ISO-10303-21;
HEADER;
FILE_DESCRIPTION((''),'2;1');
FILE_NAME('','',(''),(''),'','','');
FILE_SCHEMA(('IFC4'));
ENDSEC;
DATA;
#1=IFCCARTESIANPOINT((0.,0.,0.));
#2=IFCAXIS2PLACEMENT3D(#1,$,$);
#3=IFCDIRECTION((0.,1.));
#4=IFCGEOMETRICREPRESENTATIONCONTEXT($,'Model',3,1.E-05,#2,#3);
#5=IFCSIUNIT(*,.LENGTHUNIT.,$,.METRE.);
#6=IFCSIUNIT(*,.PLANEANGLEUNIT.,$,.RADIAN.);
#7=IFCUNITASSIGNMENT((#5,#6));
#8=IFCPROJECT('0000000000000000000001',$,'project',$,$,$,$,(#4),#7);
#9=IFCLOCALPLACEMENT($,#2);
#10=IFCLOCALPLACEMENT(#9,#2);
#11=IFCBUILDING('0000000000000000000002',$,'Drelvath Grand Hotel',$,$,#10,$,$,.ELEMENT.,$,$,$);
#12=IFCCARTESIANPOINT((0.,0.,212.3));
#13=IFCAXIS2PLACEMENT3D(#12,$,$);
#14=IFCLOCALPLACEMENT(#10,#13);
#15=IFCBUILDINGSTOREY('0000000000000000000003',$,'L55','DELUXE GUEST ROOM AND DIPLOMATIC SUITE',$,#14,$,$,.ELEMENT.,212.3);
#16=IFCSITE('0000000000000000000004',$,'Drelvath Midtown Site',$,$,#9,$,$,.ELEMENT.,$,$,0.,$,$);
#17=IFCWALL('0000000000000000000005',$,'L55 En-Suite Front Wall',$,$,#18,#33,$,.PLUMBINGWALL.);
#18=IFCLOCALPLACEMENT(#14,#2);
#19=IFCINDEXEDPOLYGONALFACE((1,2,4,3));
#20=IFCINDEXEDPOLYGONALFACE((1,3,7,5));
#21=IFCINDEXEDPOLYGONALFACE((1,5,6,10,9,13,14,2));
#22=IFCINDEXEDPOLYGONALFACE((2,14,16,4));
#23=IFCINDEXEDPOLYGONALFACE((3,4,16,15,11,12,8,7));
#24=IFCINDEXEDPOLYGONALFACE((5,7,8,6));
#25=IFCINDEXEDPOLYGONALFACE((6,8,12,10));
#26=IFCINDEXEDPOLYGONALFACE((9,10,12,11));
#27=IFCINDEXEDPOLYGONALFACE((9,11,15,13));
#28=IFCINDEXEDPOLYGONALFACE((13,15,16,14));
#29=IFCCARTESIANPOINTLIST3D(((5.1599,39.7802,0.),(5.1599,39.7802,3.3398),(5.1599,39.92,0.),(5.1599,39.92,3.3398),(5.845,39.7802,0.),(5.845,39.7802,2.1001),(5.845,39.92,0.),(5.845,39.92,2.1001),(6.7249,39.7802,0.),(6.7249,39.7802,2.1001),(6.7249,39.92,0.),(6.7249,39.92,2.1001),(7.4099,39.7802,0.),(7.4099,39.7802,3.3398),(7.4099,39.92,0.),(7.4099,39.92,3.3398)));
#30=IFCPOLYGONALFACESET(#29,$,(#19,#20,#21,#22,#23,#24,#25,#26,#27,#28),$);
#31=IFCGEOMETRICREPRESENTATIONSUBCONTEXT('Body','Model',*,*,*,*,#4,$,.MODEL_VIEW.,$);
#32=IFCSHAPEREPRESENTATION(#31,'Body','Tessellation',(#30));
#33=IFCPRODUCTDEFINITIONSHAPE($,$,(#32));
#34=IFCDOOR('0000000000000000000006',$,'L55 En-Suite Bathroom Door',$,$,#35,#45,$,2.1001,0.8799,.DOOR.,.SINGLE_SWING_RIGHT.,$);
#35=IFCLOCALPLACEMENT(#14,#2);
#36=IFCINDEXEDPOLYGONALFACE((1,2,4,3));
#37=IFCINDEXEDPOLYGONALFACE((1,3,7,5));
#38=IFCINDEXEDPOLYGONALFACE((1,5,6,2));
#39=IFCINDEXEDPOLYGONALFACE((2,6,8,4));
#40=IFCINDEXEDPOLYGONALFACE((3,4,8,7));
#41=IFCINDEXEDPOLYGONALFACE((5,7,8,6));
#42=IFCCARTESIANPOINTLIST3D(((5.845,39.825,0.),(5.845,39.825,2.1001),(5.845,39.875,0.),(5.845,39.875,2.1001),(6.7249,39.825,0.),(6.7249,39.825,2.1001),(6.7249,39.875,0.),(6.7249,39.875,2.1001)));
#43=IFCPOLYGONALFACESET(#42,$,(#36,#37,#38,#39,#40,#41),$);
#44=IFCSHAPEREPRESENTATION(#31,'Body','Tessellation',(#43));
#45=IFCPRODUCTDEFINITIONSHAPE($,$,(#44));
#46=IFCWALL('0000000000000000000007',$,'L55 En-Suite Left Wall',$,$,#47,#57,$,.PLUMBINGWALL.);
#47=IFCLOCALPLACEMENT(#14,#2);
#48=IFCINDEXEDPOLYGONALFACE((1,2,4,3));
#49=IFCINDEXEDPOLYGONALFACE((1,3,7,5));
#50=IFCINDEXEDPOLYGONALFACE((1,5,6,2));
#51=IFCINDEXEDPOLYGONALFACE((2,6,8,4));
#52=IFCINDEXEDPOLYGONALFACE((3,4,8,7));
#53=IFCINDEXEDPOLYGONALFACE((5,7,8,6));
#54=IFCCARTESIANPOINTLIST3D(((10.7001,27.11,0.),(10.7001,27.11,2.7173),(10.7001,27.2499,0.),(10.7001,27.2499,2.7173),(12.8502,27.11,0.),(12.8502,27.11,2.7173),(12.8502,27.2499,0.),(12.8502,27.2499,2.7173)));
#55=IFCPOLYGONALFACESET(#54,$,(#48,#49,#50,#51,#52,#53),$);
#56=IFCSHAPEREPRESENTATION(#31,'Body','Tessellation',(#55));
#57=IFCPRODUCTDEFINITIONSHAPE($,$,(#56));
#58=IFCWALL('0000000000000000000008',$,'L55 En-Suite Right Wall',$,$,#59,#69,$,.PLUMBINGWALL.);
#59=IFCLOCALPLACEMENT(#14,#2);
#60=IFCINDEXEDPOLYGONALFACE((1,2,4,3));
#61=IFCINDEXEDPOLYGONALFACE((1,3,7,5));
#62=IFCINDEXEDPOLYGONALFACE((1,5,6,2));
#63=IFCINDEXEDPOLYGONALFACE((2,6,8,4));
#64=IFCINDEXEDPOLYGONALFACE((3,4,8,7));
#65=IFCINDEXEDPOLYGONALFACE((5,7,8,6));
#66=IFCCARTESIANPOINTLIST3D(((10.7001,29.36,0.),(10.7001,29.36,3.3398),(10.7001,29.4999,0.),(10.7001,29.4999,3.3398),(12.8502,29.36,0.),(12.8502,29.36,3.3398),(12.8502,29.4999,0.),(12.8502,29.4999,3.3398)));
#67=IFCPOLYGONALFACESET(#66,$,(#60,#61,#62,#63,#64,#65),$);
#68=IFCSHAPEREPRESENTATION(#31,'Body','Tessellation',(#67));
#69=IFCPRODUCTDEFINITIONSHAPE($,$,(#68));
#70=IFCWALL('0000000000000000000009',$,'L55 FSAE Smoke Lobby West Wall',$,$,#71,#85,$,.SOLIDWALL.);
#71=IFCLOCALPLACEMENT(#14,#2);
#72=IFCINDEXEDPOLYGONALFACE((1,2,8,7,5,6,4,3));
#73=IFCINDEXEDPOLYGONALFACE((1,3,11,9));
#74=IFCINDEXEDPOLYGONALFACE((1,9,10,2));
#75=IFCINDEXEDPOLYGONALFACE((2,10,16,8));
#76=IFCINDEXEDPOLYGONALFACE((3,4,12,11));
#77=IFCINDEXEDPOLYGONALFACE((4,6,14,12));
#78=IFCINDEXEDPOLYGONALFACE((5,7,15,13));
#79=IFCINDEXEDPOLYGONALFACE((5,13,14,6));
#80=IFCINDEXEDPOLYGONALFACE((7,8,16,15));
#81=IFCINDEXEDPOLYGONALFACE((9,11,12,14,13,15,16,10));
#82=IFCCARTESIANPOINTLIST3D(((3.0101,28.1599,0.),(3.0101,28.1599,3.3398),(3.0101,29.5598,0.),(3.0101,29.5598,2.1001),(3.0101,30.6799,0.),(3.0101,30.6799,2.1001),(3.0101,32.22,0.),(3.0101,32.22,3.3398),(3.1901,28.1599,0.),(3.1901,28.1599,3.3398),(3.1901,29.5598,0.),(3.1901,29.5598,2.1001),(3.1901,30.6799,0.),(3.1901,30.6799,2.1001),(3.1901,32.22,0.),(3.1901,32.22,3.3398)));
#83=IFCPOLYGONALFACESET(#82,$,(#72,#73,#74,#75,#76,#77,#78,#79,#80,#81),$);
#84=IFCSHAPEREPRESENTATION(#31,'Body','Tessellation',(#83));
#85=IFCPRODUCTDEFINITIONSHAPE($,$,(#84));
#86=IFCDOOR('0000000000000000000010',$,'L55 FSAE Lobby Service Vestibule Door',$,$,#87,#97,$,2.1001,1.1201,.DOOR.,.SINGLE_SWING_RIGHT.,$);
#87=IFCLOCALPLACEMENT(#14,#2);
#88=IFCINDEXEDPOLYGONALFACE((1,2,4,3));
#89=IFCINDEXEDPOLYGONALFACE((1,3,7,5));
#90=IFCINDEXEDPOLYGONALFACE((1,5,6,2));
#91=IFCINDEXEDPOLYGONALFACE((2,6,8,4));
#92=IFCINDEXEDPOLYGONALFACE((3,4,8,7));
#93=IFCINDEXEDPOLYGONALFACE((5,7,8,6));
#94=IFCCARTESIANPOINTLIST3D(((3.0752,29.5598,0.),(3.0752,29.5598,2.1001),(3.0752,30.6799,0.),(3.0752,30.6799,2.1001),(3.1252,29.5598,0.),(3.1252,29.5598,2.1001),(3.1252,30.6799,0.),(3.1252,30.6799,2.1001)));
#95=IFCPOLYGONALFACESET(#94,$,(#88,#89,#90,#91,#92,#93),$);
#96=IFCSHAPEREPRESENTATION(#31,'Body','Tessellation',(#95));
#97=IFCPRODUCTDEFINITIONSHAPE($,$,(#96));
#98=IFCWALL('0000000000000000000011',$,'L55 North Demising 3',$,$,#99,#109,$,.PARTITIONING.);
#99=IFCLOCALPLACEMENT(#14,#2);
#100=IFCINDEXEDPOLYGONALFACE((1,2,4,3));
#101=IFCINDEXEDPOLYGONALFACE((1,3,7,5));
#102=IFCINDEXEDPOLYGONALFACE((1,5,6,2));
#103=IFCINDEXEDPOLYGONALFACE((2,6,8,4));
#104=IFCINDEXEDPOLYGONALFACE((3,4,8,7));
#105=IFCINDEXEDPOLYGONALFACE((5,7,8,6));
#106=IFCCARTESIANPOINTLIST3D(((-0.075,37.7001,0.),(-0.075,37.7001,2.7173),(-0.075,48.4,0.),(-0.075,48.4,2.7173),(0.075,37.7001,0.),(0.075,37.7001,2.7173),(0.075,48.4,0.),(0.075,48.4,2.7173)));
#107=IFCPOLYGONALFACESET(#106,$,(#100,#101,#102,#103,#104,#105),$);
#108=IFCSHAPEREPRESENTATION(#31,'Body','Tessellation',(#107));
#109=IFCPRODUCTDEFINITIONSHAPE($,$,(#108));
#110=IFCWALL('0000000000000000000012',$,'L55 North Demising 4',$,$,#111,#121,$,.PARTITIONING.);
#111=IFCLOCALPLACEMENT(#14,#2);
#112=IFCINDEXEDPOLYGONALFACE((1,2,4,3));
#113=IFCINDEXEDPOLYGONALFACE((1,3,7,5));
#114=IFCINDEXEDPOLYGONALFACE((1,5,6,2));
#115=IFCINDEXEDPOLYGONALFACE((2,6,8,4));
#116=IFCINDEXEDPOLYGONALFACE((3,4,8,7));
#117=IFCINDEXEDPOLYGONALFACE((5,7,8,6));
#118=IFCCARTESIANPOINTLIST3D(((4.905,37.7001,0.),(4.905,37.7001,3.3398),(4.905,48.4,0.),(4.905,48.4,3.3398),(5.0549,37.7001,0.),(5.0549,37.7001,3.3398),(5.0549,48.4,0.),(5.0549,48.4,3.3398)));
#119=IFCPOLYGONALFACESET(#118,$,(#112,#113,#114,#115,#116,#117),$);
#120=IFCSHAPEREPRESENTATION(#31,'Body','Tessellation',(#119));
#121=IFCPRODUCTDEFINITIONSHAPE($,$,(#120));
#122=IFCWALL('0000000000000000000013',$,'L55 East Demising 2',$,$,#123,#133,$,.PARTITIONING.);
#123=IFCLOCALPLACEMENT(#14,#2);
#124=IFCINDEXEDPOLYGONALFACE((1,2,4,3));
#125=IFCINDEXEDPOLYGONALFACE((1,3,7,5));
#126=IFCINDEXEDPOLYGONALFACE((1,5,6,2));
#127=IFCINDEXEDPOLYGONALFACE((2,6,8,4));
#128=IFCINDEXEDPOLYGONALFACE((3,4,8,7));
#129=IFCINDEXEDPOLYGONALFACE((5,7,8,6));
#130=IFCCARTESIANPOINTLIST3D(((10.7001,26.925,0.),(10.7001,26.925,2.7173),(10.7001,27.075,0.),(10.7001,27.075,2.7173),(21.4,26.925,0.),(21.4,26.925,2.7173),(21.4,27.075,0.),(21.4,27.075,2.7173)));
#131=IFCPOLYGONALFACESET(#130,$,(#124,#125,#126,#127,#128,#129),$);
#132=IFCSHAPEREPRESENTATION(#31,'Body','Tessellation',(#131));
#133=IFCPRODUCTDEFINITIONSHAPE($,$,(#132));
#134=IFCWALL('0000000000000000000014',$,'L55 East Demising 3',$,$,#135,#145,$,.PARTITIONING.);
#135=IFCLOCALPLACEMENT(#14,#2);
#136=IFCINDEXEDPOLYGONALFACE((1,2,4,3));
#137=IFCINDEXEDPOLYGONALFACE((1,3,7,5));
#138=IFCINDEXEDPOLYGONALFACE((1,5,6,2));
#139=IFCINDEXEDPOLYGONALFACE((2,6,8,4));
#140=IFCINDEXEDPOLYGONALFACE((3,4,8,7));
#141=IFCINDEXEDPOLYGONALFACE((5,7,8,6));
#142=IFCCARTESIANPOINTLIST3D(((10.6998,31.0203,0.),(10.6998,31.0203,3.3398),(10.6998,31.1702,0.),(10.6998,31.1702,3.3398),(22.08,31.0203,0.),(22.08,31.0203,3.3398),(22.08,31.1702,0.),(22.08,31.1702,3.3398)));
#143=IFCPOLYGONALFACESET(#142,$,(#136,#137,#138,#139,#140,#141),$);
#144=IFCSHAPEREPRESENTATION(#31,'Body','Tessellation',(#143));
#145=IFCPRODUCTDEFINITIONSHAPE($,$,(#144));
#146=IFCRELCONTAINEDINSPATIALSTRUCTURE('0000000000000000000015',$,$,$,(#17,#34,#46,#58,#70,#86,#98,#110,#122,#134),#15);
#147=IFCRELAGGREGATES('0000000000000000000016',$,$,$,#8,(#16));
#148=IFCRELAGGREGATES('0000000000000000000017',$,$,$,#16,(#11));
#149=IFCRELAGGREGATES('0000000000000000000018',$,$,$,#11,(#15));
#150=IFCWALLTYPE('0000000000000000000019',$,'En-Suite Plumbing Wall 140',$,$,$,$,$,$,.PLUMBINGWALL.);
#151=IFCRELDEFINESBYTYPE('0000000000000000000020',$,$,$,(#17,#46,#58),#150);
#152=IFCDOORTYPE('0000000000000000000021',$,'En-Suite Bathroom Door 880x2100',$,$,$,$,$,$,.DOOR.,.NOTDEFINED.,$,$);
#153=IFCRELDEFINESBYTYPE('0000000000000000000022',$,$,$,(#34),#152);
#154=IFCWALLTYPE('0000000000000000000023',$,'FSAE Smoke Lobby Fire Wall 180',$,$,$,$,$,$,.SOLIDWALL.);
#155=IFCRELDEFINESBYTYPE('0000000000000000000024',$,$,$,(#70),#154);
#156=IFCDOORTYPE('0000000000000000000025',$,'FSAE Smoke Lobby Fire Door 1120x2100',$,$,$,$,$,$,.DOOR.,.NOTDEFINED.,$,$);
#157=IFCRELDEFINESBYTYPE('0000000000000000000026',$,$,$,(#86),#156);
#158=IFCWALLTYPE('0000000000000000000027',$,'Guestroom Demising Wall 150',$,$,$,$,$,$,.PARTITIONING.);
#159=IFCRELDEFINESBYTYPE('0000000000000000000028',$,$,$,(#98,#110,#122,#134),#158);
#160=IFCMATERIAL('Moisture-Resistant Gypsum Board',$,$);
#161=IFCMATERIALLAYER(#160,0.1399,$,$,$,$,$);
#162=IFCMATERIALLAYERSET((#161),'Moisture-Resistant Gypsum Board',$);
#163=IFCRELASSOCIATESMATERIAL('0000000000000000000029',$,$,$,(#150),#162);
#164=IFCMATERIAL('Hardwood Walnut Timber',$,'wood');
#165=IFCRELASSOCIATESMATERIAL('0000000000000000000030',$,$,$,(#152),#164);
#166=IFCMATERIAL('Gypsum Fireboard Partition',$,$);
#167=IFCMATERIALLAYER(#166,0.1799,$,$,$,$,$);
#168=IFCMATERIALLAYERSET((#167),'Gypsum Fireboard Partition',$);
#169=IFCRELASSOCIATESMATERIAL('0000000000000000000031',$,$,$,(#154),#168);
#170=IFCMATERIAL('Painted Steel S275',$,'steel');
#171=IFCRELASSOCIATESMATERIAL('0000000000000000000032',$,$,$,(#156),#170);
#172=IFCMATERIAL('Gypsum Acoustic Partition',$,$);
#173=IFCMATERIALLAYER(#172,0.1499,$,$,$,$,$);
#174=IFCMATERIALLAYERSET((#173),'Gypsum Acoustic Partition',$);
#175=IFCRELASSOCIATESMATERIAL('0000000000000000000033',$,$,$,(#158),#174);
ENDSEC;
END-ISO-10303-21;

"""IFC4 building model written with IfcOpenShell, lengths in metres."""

from ifc_helpers import new_model, si_unit, direction, frame, frame_2d, origin, place, context, subcontext, project, spatial, rectangle, extrude, material, layer, layer_set, type_object, element, fill, save


model = new_model("IFC4")

# Units and contexts
model_context = context("Model", 3, precision=1e-05, world=origin(), true_north=direction((0.0, 1.0)))
body_context = subcontext(model_context, "Body", "Model", "MODEL_VIEW")
ifc_project = project(units=[si_unit("LENGTHUNIT", "METRE"), si_unit("PLANEANGLEUNIT", "RADIAN")], contexts=[model_context])

# Site, building, storey
site_placement = place(None, origin())
site = spatial("IfcSite", under=ifc_project, at=site_placement, Name="Drelvath Midtown Site", CompositionType="ELEMENT", RefElevation=0.0)
building_placement = place(site_placement, origin())
building = spatial("IfcBuilding", under=site, at=building_placement, Name="Drelvath Grand Hotel", CompositionType="ELEMENT")
storey_placement = place(building_placement, frame((0.0, 0.0, 212.3)))
storey = spatial("IfcBuildingStorey", under=building, at=storey_placement, Name="L55", Description="DELUXE GUEST ROOM AND DIPLOMATIC SUITE", CompositionType="ELEMENT", Elevation=212.3)

# Shared definitions
ifc_material_1 = material(Name="Painted Steel S275", Category="steel")

# Shared definitions
ifc_material_2 = material(Name="Gypsum Fireboard Partition")
ifc_material_3 = material(Name="Moisture-Resistant Gypsum Board")
ifc_layer_1 = layer(ifc_material_3, 0.1399)
ifc_layer_set_1 = layer_set([ifc_layer_1], Name="Moisture-Resistant Gypsum Board")
wall_type_1 = type_object("IfcWallType", Name="En-Suite Plumbing Wall 140", PredefinedType="PLUMBINGWALL", material=ifc_layer_set_1)

# Wall, opening, door
wall_1_placement = place(storey_placement, frame((5.1599, 39.8501, 0.0), z_axis=(0.0, 0.0, 1.0), x_axis=(1.0, 0.0, 0.0)))
wall_1 = element("IfcWall", 1, at=wall_1_placement, inside=storey, type_object=wall_type_1, Name="L55 En-Suite Front Wall", PredefinedType="PLUMBINGWALL", context=body_context, shape_type="SweptSolid", body=[
    extrude(rectangle(XDim=2.25, YDim=0.1399, at=frame_2d((1.125, 0.0))), origin(), (0.0, 0.0, 1.0), 3.3398),
])
opening_1_placement = place(wall_1_placement, frame((0.6851, 0.0, 0.0)))
opening_1 = element("IfcOpeningElement", 2, at=opening_1_placement, cuts=wall_1, PredefinedType="OPENING", context=body_context, shape_type="SweptSolid", body=[
    extrude(rectangle(XDim=0.8799, YDim=2.1001, at=frame_2d((0.4399, 1.05))), frame((0.0, 0.0798, 0.0), z_axis=(0.0, -1.0, 0.0), x_axis=(1.0, 0.0, 0.0)), (0.0, 0.0, 1.0), 0.1599),
])
ifc_material_4 = material(Name="Hardwood Walnut Timber", Category="wood")
door_type_1 = type_object("IfcDoorType", Name="En-Suite Bathroom Door 880x2100", OperationType="NOTDEFINED", PredefinedType="DOOR", material=ifc_material_4)
door_1_placement = place(opening_1_placement, origin())
door_1 = element("IfcDoor", 3, at=door_1_placement, inside=storey, type_object=door_type_1, Name="L55 En-Suite Bathroom Door", OperationType="SINGLE_SWING_RIGHT", OverallHeight=2.1001, OverallWidth=0.8799, PredefinedType="DOOR", context=body_context, shape_type="SweptSolid", body=[
    extrude(rectangle(XDim=0.8799, YDim=2.1001, at=frame_2d((0.4399, 1.05))), frame((0.0, 0.0249, 0.0), z_axis=(0.0, -1.0, 0.0), x_axis=(1.0, 0.0, 0.0)), (0.0, 0.0, 1.0), 0.05),
])
fill(opening_1, door_1)

# Walls
wall_2_placement = place(storey_placement, frame((10.7, 27.1799, 0.0), z_axis=(0.0, 0.0, 1.0), x_axis=(1.0, 0.0, 0.0)))
element("IfcWall", 4, at=wall_2_placement, inside=storey, type_object=wall_type_1, Name="L55 En-Suite Left Wall", PredefinedType="PLUMBINGWALL", context=body_context, shape_type="SweptSolid", body=[
    extrude(rectangle(XDim=2.1501, YDim=0.1399, at=frame_2d((1.0752, 0.0))), origin(), (0.0, 0.0, 1.0), 2.7173),
])
wall_3_placement = place(storey_placement, frame((10.7, 29.4299, 0.0), z_axis=(0.0, 0.0, 1.0), x_axis=(1.0, 0.0, 0.0)))
element("IfcWall", 5, at=wall_3_placement, inside=storey, type_object=wall_type_1, Name="L55 En-Suite Right Wall", PredefinedType="PLUMBINGWALL", context=body_context, shape_type="SweptSolid", body=[
    extrude(rectangle(XDim=2.1501, YDim=0.1399, at=frame_2d((1.0752, 0.0))), origin(), (0.0, 0.0, 1.0), 3.3398),
])

# Wall, opening, door
ifc_layer_2 = layer(ifc_material_2, 0.1799)
ifc_layer_set_2 = layer_set([ifc_layer_2], Name="Gypsum Fireboard Partition")
wall_type_2 = type_object("IfcWallType", Name="FSAE Smoke Lobby Fire Wall 180", PredefinedType="SOLIDWALL", material=ifc_layer_set_2)
wall_4_placement = place(storey_placement, frame((3.1001, 28.1599, 0.0), z_axis=(0.0, 0.0, 1.0), x_axis=(0.0, 1.0, 0.0)))
wall_4 = element("IfcWall", 6, at=wall_4_placement, inside=storey, type_object=wall_type_2, Name="L55 FSAE Smoke Lobby West Wall", PredefinedType="SOLIDWALL", context=body_context, shape_type="SweptSolid", body=[
    extrude(rectangle(XDim=4.0601, YDim=0.1799, at=frame_2d((2.03, 0.0))), origin(), (0.0, 0.0, 1.0), 3.3398),
])
opening_2_placement = place(wall_4_placement, frame((1.3999, 0.0, 0.0)))
opening_2 = element("IfcOpeningElement", 7, at=opening_2_placement, cuts=wall_4, PredefinedType="OPENING", context=body_context, shape_type="SweptSolid", body=[
    extrude(rectangle(XDim=1.1201, YDim=2.1001, at=frame_2d((0.5601, 1.05))), frame((0.0, 0.0999, 0.0), z_axis=(0.0, -1.0, 0.0), x_axis=(1.0, 0.0, 0.0)), (0.0, 0.0, 1.0), 0.2),
])
door_type_2 = type_object("IfcDoorType", Name="FSAE Smoke Lobby Fire Door 1120x2100", OperationType="NOTDEFINED", PredefinedType="DOOR", material=ifc_material_1)
door_2_placement = place(opening_2_placement, origin())
door_2 = element("IfcDoor", 8, at=door_2_placement, inside=storey, type_object=door_type_2, Name="L55 FSAE Lobby Service Vestibule Door", OperationType="SINGLE_SWING_RIGHT", OverallHeight=2.1001, OverallWidth=1.1201, PredefinedType="DOOR", context=body_context, shape_type="SweptSolid", body=[
    extrude(rectangle(XDim=1.1201, YDim=2.1001, at=frame_2d((0.5601, 1.05))), frame((0.0, 0.0249, 0.0), z_axis=(0.0, -1.0, 0.0), x_axis=(1.0, 0.0, 0.0)), (0.0, 0.0, 1.0), 0.05),
])
fill(opening_2, door_2)

# Walls
ifc_material_5 = material(Name="Gypsum Acoustic Partition")
ifc_layer_3 = layer(ifc_material_5, 0.1499)
ifc_layer_set_3 = layer_set([ifc_layer_3], Name="Gypsum Acoustic Partition")
wall_type_3 = type_object("IfcWallType", Name="Guestroom Demising Wall 150", PredefinedType="PARTITIONING", material=ifc_layer_set_3)
wall_5_placement = place(storey_placement, frame((0.0, 37.7, 0.0), z_axis=(0.0, 0.0, 1.0), x_axis=(0.0, 1.0, 0.0)))
element("IfcWall", 9, at=wall_5_placement, inside=storey, type_object=wall_type_3, Name="L55 North Demising 3", PredefinedType="PARTITIONING", context=body_context, shape_type="SweptSolid", body=[
    extrude(rectangle(XDim=10.7, YDim=0.1499, at=frame_2d((5.3501, 0.0))), origin(), (0.0, 0.0, 1.0), 2.7173),
])
wall_6_placement = place(storey_placement, frame((4.98, 37.7, 0.0), z_axis=(0.0, 0.0, 1.0), x_axis=(0.0, 1.0, 0.0)))
element("IfcWall", 10, at=wall_6_placement, inside=storey, type_object=wall_type_3, Name="L55 North Demising 4", PredefinedType="PARTITIONING", context=body_context, shape_type="SweptSolid", body=[
    extrude(rectangle(XDim=10.7, YDim=0.1499, at=frame_2d((5.3501, 0.0))), origin(), (0.0, 0.0, 1.0), 3.3398),
])
wall_7_placement = place(storey_placement, frame((10.7, 27.0, 0.0), z_axis=(0.0, 0.0, 1.0), x_axis=(1.0, 0.0, 0.0)))
element("IfcWall", 11, at=wall_7_placement, inside=storey, type_object=wall_type_3, Name="L55 East Demising 2", PredefinedType="PARTITIONING", context=body_context, shape_type="SweptSolid", body=[
    extrude(rectangle(XDim=10.7, YDim=0.1499, at=frame_2d((5.3501, 0.0))), origin(), (0.0, 0.0, 1.0), 2.7173),
])
wall_8_placement = place(storey_placement, frame((10.7, 31.0952, 0.0), z_axis=(0.0, 0.0, 1.0), x_axis=(1.0, 0.0, 0.0)))
element("IfcWall", 12, at=wall_8_placement, inside=storey, type_object=wall_type_3, Name="L55 East Demising 3", PredefinedType="PARTITIONING", context=body_context, shape_type="SweptSolid", body=[
    extrude(rectangle(XDim=11.3801, YDim=0.1499, at=frame_2d((5.6899, 0.0))), origin(), (0.0, 0.0, 1.0), 3.3398),
])

save(model, "model.ifc")
